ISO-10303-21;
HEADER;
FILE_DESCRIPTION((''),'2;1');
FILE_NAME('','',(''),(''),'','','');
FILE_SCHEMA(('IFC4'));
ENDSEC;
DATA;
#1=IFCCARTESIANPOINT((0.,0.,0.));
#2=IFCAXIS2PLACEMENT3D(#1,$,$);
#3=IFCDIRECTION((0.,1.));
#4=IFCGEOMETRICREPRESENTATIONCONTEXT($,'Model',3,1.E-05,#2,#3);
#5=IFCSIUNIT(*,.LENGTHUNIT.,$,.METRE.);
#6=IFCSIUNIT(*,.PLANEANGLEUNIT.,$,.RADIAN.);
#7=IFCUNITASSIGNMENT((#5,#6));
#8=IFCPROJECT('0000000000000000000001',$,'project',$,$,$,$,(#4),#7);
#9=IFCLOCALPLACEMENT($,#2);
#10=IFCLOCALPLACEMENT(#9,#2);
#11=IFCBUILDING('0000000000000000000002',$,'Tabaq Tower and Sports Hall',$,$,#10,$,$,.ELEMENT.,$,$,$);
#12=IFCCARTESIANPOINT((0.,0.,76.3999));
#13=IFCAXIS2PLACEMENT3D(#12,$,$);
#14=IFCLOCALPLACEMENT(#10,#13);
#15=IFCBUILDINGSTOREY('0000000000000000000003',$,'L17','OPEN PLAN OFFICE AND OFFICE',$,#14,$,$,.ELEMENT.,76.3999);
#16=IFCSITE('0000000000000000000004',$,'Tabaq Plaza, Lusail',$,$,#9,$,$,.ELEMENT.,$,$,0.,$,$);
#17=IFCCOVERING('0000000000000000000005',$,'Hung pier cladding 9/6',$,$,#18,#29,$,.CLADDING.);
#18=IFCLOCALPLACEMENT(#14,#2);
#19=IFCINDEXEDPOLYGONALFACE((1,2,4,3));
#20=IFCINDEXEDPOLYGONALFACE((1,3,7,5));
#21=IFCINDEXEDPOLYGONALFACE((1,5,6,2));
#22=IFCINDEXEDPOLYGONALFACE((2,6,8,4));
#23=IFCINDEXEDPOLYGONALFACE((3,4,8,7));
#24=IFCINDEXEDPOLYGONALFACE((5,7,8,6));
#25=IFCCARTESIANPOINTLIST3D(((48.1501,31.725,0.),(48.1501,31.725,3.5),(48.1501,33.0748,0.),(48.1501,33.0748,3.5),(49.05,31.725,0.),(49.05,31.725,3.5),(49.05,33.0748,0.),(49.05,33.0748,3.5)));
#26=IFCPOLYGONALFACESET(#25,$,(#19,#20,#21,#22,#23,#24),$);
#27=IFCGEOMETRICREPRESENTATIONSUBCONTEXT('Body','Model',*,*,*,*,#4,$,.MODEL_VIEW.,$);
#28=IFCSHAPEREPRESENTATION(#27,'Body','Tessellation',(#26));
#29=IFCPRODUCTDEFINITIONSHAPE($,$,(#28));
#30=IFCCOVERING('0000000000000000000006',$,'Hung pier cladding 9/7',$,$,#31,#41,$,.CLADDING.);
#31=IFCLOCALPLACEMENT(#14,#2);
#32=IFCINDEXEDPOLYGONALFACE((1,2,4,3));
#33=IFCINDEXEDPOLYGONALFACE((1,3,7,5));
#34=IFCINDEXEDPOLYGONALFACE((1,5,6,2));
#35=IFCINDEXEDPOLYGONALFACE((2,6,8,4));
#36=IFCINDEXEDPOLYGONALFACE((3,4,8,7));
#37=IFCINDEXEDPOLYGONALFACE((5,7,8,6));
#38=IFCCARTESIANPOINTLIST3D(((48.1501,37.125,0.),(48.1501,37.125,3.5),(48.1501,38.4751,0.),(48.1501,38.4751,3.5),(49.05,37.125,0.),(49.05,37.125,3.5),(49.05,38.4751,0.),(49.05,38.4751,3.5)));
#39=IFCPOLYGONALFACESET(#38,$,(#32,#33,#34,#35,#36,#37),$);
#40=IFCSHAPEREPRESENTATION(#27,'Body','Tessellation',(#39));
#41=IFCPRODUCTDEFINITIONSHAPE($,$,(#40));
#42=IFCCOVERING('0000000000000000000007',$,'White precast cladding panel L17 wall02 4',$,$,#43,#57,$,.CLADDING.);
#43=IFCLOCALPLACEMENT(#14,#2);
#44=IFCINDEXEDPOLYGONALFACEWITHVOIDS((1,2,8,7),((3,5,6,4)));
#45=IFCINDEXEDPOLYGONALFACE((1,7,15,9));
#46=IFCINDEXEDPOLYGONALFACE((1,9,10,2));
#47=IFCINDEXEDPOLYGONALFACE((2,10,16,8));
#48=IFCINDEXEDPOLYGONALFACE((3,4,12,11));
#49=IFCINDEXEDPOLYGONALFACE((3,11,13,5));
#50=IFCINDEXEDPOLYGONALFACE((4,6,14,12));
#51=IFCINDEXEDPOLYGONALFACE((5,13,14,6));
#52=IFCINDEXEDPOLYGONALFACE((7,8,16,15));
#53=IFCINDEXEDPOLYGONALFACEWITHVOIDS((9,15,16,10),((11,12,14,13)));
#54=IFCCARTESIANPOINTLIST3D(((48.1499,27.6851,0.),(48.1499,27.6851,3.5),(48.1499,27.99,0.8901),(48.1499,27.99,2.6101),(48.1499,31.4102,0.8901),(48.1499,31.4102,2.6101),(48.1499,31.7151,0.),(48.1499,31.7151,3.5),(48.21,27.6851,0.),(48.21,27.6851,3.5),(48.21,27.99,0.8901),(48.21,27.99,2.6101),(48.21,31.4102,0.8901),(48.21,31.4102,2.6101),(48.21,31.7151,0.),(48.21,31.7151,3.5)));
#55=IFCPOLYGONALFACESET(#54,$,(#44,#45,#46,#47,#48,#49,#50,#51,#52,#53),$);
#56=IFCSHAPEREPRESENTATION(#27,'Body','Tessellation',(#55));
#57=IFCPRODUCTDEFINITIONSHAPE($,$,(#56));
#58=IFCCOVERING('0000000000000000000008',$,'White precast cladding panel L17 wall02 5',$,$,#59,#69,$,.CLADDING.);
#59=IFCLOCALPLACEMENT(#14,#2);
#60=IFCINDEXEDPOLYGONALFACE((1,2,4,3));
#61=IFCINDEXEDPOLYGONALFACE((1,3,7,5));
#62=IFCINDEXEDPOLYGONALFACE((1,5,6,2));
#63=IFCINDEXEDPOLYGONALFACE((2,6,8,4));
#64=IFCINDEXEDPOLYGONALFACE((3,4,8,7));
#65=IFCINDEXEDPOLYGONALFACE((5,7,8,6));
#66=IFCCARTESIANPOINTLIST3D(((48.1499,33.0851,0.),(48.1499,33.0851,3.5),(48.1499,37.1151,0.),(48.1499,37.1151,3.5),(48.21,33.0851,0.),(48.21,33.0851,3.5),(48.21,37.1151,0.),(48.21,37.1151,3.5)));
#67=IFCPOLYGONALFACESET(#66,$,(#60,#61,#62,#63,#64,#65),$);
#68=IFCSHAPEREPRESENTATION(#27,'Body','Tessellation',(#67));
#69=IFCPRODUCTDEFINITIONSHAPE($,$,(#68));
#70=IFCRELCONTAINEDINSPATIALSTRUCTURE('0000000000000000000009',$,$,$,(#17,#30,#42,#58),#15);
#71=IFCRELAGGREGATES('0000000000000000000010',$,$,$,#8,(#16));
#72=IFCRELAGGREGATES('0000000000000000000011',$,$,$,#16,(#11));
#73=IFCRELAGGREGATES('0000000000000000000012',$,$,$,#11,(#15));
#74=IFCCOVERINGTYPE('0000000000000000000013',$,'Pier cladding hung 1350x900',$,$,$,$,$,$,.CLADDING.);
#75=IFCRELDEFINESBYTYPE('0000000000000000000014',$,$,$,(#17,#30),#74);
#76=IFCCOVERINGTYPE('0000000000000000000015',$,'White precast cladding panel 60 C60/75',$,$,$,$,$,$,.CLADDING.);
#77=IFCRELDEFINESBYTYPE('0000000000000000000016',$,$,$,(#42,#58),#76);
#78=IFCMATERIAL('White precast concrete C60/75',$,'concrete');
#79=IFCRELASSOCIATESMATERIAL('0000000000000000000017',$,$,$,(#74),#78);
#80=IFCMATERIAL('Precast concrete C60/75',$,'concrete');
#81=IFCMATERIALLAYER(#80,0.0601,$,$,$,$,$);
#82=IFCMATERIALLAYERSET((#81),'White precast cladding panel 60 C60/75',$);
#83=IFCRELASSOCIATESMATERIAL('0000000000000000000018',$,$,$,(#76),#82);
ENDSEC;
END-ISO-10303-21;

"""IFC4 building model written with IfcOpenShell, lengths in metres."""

from ifc_helpers import new_model, si_unit, direction, frame, frame_2d, origin, place, context, subcontext, project, spatial, polyline, rectangle, outline, extrude, material, layer, layer_set, type_object, element, save


model = new_model("IFC4")

# Units and contexts
model_context = context("Model", 3, precision=1e-05, world=origin(), true_north=direction((0.0, 1.0)))
body_context = subcontext(model_context, "Body", "Model", "MODEL_VIEW")
ifc_project = project(units=[si_unit("LENGTHUNIT", "METRE"), si_unit("PLANEANGLEUNIT", "RADIAN")], contexts=[model_context])

# Site, building, storey
site_placement = place(None, origin())
site = spatial("IfcSite", under=ifc_project, at=site_placement, Name="Tabaq Plaza, Lusail", CompositionType="ELEMENT", RefElevation=0.0)
building_placement = place(site_placement, origin())
building = spatial("IfcBuilding", under=site, at=building_placement, Name="Tabaq Tower and Sports Hall", CompositionType="ELEMENT")
storey_placement = place(building_placement, frame((0.0, 0.0, 76.3999)))
storey = spatial("IfcBuildingStorey", under=building, at=storey_placement, Name="L17", Description="OPEN PLAN OFFICE AND OFFICE", CompositionType="ELEMENT", Elevation=76.3999)

# Coverings
ifc_material_1 = material(Name="White precast concrete C60/75", Category="concrete")
covering_type_1 = type_object("IfcCoveringType", Name="Pier cladding hung 1350x900", PredefinedType="CLADDING", material=ifc_material_1)
covering_1_placement = place(storey_placement, frame((48.6001, 31.7251, 0.0), z_axis=(0.0, 0.0, 1.0), x_axis=(0.0, 1.0, 0.0)))
element("IfcCovering", 1, at=covering_1_placement, inside=storey, type_object=covering_type_1, Name="Hung pier cladding 9/6", PredefinedType="CLADDING", context=body_context, shape_type="SweptSolid", body=[
    extrude(rectangle(XDim=1.3499, YDim=0.8999, at=frame_2d((0.6748, 0.0))), origin(), (0.0, 0.0, 1.0), 3.5),
])
covering_2_placement = place(storey_placement, frame((48.6001, 37.125, 0.0), z_axis=(0.0, 0.0, 1.0), x_axis=(0.0, 1.0, 0.0)))
element("IfcCovering", 2, at=covering_2_placement, inside=storey, type_object=covering_type_1, Name="Hung pier cladding 9/7", PredefinedType="CLADDING", context=body_context, shape_type="SweptSolid", body=[
    extrude(rectangle(XDim=1.3501, YDim=0.8999, at=frame_2d((0.675, 0.0))), origin(), (0.0, 0.0, 1.0), 3.5),
])
ifc_material_2 = material(Name="Precast concrete C60/75", Category="concrete")
ifc_layer_1 = layer(ifc_material_2, 0.0601)
ifc_layer_set_1 = layer_set([ifc_layer_1], Name="White precast cladding panel 60 C60/75")
covering_type_2 = type_object("IfcCoveringType", Name="White precast cladding panel 60 C60/75", PredefinedType="CLADDING", material=ifc_layer_set_1)
covering_3_placement = place(storey_placement, frame((48.1799, 27.6851, 0.0), z_axis=(0.0, 0.0, 1.0), x_axis=(0.0, 1.0, 0.0)))
element("IfcCovering", 3, at=covering_3_placement, inside=storey, type_object=covering_type_2, Name="White precast cladding panel L17 wall02 4", PredefinedType="CLADDING", context=body_context, shape_type="SweptSolid", body=[
    extrude(outline(polyline([(0.0, 0.0), (4.03, 0.0), (4.03, 3.5), (0.0, 3.5), (0.0, 0.0)]), holes=[polyline([(0.3049, 0.8901), (0.3049, 2.6101), (3.7251, 2.6101), (3.7251, 0.8901), (0.3049, 0.8901)])]), frame((0.0, 0.03, 0.0), z_axis=(0.0, -1.0, 0.0), x_axis=(1.0, 0.0, 0.0)), (0.0, 0.0, 1.0), 0.0601),
])
covering_4_placement = place(storey_placement, frame((48.1799, 33.085, 0.0), z_axis=(0.0, 0.0, 1.0), x_axis=(0.0, 1.0, 0.0)))
element("IfcCovering", 4, at=covering_4_placement, inside=storey, type_object=covering_type_2, Name="White precast cladding panel L17 wall02 5", PredefinedType="CLADDING", context=body_context, shape_type="SweptSolid", body=[
    extrude(rectangle(XDim=4.03, YDim=0.0601, at=frame_2d((2.0151, 0.0))), origin(), (0.0, 0.0, 1.0), 3.5),
])

save(model, "model.ifc")
